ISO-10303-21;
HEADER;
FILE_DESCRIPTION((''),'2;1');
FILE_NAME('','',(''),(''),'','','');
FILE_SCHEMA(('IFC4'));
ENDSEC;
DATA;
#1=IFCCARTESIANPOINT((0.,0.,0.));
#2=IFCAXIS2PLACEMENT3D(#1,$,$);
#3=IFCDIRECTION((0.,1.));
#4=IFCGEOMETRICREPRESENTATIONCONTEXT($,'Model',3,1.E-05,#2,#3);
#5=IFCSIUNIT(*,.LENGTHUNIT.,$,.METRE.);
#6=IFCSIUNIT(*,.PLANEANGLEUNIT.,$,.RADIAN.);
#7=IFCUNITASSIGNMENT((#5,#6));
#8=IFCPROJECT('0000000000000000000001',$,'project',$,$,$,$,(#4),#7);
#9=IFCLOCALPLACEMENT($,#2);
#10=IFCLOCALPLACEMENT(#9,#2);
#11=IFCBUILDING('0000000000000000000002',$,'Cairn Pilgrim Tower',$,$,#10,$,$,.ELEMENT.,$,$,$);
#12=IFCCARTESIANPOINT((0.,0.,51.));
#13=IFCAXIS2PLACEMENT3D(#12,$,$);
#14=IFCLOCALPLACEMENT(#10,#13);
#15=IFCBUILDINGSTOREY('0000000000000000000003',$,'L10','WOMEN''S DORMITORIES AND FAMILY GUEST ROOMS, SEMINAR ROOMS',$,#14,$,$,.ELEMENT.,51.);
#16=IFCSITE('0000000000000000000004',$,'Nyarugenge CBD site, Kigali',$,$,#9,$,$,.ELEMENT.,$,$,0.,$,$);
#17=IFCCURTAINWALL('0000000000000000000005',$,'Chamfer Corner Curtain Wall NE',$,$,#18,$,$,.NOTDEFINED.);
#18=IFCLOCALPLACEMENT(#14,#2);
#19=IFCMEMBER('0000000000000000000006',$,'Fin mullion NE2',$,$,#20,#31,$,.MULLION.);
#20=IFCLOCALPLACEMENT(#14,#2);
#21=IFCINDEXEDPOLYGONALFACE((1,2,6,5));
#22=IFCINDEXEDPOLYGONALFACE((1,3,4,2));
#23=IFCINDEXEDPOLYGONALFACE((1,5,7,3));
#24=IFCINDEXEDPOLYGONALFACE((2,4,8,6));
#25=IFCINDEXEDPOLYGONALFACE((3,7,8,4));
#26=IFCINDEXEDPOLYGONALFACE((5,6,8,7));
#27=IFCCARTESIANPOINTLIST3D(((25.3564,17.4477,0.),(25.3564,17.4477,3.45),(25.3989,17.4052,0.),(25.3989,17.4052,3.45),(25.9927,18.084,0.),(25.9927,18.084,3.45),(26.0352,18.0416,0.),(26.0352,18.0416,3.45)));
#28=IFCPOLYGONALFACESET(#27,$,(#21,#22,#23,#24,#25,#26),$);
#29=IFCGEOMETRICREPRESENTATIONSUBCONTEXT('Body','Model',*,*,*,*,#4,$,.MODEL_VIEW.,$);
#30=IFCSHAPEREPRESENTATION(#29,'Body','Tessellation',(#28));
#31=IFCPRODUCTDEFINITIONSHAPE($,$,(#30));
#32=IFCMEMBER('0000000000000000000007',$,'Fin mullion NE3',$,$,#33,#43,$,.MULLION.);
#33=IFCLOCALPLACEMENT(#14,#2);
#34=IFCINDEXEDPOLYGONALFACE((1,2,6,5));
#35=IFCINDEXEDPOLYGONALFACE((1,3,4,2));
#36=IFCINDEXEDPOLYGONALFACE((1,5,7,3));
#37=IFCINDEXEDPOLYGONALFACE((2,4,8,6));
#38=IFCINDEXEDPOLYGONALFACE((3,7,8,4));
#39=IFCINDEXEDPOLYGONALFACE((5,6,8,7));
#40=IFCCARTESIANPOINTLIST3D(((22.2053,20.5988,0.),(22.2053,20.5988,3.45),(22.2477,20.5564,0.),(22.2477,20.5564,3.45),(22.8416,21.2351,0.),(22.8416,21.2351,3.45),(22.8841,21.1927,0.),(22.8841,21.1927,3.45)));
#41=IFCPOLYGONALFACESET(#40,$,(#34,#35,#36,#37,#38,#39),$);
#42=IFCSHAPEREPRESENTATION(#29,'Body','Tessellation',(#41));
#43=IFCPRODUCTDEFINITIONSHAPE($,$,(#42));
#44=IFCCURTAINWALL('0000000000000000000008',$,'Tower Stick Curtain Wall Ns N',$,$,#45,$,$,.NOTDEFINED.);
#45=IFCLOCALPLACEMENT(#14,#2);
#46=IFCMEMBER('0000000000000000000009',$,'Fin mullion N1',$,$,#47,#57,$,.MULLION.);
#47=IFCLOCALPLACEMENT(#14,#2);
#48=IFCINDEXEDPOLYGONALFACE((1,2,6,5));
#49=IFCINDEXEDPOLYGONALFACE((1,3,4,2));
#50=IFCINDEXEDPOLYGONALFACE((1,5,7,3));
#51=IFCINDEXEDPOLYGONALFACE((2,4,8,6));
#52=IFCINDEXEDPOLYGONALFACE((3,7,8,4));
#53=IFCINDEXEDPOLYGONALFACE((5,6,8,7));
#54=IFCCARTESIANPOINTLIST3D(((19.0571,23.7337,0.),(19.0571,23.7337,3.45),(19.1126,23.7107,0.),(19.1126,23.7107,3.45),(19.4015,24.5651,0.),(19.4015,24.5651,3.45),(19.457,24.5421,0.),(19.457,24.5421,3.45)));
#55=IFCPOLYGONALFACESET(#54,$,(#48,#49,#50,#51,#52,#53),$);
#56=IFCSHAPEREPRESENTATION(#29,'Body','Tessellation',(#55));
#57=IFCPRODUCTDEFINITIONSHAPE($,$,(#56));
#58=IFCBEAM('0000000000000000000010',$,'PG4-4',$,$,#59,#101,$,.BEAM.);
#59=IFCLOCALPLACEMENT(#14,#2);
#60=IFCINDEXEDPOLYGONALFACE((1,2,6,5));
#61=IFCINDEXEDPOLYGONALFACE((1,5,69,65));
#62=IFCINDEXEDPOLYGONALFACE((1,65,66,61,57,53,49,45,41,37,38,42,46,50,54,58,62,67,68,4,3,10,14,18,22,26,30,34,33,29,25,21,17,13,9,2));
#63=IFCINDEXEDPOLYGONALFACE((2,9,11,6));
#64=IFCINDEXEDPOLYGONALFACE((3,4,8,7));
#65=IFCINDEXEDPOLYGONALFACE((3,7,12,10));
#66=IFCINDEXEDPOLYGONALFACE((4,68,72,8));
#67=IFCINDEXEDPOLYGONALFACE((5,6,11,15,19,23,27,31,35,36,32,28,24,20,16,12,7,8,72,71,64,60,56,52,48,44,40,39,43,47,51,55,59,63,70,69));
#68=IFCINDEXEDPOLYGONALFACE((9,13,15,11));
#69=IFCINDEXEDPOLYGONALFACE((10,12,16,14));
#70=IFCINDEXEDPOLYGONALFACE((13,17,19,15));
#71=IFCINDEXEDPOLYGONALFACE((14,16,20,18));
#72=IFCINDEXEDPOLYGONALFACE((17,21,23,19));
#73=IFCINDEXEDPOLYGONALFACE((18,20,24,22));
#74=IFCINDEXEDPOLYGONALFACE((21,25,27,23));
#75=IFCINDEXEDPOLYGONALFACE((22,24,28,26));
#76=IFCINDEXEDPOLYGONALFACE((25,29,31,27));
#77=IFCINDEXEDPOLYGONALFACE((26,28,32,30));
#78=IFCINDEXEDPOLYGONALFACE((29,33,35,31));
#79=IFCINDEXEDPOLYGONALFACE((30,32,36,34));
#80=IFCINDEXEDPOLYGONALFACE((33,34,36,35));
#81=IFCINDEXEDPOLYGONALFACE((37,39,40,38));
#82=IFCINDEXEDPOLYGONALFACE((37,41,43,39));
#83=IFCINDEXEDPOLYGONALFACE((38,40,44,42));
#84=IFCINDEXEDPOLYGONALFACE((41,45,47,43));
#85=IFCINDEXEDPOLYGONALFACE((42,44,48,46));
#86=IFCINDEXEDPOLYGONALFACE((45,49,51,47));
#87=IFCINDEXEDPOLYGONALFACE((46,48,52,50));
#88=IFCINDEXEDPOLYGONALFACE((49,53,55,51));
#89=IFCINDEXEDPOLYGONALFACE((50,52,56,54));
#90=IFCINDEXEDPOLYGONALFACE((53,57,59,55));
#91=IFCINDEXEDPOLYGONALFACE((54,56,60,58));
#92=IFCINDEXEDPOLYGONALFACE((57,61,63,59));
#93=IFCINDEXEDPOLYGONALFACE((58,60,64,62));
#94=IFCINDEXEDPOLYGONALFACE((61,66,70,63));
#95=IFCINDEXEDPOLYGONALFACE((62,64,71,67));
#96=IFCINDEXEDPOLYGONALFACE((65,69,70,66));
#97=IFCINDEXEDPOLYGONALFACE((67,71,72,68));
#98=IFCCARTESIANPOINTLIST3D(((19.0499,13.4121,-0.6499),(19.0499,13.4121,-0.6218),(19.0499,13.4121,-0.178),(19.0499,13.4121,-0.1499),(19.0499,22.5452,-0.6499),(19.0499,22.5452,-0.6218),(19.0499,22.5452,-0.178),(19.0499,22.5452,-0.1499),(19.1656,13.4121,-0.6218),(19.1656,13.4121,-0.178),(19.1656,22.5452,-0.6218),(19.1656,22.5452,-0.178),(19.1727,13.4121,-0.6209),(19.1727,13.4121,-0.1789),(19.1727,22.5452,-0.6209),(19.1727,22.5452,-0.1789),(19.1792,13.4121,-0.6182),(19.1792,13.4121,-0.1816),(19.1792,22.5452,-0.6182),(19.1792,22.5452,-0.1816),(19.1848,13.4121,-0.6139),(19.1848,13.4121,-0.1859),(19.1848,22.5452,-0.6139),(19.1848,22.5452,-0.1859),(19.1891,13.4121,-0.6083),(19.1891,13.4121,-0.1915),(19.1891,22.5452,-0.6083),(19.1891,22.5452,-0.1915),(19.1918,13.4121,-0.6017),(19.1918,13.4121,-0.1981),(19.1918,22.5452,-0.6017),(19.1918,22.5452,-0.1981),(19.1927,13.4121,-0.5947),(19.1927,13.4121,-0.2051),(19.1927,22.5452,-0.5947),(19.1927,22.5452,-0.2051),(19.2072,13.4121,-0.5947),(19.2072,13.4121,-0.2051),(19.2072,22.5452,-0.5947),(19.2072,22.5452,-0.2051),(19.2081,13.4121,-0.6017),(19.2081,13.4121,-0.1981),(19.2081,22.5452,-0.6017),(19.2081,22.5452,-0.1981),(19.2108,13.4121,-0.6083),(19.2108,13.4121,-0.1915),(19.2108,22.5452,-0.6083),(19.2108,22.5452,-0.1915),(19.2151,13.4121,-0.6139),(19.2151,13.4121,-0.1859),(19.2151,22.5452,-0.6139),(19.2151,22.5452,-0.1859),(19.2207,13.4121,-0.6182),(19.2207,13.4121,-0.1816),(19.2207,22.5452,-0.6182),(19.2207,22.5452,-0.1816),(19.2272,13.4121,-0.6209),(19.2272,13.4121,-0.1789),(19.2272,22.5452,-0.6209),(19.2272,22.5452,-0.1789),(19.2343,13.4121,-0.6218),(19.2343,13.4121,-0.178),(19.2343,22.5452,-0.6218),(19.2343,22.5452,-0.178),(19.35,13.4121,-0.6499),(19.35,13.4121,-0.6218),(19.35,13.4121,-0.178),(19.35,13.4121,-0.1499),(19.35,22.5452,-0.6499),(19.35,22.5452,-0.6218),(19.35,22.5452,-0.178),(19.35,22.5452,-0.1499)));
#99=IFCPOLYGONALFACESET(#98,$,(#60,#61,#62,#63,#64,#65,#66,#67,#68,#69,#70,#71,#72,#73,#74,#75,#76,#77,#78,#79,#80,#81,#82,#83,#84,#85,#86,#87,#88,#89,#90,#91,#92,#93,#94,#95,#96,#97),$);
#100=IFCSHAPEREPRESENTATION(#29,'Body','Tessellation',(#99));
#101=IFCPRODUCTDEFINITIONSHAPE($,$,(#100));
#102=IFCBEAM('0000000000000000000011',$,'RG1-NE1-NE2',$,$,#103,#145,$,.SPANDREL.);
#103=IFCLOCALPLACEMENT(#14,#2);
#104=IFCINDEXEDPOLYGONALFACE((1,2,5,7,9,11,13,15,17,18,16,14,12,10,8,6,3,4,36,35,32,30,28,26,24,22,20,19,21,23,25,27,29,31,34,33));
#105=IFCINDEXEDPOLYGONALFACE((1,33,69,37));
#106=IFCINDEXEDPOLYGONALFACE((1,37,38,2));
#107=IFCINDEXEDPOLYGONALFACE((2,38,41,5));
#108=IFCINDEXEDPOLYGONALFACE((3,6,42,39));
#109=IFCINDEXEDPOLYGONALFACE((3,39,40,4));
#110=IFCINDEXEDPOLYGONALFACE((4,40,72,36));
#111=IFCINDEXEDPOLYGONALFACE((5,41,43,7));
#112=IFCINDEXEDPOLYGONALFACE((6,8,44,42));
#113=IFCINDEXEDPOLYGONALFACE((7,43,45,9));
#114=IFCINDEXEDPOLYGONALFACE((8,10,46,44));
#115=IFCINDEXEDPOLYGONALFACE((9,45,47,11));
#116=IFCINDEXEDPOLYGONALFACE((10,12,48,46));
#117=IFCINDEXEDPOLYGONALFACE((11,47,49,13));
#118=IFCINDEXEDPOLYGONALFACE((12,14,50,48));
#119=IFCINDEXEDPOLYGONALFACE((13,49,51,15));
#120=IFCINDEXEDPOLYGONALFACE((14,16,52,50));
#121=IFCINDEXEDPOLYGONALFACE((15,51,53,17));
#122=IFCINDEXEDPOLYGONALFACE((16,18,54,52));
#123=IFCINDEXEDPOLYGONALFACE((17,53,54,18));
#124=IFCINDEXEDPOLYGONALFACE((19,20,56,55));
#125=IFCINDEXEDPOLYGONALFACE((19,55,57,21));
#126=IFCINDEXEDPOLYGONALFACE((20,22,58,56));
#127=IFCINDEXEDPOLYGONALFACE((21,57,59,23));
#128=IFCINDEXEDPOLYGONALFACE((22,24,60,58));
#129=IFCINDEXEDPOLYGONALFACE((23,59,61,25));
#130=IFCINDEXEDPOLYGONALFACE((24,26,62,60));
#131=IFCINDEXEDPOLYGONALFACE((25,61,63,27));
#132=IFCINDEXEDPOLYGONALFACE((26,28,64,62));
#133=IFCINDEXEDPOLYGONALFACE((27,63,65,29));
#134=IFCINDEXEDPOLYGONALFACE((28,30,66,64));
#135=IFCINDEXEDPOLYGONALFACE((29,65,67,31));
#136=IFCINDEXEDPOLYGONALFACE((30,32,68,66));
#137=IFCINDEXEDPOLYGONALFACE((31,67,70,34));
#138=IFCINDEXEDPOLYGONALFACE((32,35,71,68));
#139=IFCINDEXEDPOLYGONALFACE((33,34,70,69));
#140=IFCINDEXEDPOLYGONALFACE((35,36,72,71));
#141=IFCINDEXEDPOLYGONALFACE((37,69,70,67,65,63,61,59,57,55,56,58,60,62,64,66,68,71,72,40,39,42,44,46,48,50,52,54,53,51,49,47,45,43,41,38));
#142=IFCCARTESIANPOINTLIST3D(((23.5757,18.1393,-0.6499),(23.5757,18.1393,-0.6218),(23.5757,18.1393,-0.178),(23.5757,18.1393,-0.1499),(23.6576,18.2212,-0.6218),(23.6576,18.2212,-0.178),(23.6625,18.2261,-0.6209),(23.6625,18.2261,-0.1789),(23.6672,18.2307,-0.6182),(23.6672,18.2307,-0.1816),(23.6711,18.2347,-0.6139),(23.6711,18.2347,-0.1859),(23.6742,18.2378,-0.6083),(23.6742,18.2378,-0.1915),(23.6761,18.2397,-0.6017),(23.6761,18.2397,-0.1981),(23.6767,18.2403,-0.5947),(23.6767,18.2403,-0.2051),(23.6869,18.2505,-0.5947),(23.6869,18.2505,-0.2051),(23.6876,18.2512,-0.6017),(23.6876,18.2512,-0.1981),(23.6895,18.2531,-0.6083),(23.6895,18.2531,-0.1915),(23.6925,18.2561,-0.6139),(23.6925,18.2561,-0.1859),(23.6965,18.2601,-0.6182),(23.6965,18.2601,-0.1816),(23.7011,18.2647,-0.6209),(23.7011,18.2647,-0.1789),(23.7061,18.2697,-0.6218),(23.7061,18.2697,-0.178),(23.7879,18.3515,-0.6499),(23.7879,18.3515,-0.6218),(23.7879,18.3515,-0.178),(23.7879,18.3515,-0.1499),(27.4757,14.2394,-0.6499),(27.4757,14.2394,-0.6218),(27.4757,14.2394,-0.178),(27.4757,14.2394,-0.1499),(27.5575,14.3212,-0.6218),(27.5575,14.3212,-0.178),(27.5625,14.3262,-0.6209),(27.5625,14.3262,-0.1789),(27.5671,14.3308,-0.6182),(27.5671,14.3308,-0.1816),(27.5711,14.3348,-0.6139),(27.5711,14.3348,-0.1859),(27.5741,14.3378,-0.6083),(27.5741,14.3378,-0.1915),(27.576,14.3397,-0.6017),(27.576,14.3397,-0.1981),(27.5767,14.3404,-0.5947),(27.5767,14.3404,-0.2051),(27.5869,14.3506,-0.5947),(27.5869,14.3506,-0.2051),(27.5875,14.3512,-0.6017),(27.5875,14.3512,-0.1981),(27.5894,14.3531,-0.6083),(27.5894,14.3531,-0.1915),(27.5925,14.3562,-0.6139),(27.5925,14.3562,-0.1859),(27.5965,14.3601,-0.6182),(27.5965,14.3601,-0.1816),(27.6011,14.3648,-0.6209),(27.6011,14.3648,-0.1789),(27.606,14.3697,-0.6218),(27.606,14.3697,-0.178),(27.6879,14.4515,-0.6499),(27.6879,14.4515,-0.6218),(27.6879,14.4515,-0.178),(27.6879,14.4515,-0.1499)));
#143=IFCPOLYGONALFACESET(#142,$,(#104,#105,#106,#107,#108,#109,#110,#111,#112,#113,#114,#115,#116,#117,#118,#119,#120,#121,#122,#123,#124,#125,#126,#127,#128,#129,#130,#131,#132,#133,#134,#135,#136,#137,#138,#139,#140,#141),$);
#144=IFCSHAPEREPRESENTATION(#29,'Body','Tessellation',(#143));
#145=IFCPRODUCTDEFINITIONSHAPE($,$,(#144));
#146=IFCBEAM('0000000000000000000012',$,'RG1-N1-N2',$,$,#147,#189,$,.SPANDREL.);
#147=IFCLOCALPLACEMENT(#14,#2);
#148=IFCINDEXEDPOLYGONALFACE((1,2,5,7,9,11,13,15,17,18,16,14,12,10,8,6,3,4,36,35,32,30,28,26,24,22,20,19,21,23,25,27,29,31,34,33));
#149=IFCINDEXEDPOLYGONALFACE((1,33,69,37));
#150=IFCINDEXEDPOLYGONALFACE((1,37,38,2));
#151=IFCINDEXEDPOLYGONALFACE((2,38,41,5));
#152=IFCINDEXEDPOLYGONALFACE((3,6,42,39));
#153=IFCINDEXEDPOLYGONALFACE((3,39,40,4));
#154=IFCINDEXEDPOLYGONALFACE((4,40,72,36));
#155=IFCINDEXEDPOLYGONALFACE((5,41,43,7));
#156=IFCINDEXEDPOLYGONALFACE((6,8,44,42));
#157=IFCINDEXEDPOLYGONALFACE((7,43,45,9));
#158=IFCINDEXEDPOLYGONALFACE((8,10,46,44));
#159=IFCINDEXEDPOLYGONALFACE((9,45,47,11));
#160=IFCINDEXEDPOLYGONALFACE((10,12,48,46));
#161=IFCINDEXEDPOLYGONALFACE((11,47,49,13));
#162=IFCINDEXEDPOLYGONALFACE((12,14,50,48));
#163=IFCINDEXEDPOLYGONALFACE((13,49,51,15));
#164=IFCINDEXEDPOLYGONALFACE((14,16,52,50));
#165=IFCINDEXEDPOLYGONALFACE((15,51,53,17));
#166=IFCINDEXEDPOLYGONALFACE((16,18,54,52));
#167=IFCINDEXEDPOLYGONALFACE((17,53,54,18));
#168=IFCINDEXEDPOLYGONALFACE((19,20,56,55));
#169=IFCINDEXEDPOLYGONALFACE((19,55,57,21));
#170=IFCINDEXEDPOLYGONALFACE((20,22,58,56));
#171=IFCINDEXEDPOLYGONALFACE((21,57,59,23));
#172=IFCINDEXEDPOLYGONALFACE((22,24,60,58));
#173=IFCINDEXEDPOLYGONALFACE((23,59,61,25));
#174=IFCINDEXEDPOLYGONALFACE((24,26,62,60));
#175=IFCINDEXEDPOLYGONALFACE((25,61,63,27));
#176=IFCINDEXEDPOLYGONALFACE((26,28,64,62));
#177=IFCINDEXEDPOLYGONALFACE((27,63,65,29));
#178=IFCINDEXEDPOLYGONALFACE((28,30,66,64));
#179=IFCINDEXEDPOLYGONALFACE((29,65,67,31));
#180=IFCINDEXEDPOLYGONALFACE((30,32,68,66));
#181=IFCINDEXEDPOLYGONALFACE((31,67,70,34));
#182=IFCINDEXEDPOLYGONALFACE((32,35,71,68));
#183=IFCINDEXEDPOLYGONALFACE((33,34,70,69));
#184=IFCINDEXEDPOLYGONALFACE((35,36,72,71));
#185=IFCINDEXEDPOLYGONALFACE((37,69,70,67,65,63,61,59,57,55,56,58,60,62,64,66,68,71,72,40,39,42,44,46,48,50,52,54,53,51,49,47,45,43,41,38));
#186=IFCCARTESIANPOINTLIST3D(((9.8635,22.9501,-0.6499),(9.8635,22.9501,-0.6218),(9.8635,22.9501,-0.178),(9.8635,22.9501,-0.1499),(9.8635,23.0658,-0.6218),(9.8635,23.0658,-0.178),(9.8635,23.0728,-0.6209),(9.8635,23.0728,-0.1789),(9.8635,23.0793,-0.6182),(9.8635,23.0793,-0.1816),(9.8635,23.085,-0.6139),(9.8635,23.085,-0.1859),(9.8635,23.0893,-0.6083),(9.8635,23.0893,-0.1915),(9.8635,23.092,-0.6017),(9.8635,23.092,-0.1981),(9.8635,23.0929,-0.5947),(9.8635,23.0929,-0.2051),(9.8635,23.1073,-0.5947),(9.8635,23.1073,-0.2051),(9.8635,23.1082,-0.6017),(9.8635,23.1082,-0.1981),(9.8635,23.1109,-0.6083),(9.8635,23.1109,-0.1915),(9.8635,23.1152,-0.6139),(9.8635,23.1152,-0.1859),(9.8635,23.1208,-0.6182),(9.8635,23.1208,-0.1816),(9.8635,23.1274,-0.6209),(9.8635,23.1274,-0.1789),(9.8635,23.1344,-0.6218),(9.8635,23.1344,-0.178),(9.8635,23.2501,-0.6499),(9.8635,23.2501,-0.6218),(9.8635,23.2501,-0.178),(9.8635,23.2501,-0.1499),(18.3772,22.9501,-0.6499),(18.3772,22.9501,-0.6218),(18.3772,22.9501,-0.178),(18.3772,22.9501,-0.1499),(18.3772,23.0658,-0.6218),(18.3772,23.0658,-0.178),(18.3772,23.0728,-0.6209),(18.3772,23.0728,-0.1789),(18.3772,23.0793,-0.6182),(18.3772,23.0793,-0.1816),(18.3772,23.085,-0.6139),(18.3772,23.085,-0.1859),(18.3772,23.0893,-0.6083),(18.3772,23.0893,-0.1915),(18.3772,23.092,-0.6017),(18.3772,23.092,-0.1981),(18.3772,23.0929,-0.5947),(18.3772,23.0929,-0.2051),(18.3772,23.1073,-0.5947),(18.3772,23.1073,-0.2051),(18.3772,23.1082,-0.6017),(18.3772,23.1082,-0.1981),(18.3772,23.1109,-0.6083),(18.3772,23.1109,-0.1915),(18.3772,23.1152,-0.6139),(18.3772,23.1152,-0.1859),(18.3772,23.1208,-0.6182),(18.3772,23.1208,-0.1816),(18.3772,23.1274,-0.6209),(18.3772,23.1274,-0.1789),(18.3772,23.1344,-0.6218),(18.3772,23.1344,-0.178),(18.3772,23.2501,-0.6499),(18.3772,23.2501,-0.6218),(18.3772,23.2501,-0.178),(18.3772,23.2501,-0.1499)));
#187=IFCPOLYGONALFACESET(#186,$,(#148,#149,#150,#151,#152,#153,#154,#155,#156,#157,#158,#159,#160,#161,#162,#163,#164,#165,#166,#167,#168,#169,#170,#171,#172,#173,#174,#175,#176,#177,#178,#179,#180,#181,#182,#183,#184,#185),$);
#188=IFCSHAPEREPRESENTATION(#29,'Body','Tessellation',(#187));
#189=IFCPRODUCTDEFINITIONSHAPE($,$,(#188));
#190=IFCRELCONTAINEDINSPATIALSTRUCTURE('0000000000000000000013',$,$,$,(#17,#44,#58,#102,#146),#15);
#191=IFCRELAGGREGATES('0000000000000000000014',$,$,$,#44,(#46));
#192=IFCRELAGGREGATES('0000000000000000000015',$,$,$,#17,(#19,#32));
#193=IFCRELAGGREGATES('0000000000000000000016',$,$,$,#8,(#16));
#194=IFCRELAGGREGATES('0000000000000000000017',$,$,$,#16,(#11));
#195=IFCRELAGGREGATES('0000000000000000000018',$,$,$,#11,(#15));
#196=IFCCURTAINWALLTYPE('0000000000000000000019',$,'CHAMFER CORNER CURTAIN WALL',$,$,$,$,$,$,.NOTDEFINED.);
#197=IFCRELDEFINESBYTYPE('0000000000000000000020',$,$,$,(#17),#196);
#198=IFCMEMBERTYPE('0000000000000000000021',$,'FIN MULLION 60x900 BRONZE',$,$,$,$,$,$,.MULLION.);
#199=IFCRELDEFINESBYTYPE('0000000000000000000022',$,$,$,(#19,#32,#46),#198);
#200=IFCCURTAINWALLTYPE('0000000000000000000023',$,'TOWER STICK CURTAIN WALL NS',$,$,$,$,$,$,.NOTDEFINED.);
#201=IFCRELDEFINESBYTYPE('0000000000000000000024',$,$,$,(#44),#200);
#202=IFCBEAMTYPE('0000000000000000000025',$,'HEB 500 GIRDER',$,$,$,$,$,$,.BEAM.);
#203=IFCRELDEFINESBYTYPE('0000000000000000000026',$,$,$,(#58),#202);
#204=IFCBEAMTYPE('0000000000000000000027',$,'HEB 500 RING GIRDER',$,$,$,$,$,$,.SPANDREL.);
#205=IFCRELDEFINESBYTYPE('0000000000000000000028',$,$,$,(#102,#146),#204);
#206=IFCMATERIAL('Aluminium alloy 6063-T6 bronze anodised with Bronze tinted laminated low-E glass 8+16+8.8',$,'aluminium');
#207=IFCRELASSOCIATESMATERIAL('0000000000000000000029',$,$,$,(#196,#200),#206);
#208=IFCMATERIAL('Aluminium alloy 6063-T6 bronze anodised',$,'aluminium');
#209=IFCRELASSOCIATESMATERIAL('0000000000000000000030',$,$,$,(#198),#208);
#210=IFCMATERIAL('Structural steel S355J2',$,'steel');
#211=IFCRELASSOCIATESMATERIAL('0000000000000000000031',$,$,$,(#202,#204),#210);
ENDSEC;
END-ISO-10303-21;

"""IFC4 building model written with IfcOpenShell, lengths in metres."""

from ifc_helpers import new_model, si_unit, direction, frame, origin, origin_2d, place, context, subcontext, project, spatial, rectangle, i_section, extrude, material, material_profile, profile_set, type_object, element, aggregate, save


model = new_model("IFC4")

# Units and contexts
model_context = context("Model", 3, precision=1e-05, world=origin(), true_north=direction((0.0, 1.0)))
body_context = subcontext(model_context, "Body", "Model", "MODEL_VIEW")
ifc_project = project(units=[si_unit("LENGTHUNIT", "METRE"), si_unit("PLANEANGLEUNIT", "RADIAN")], contexts=[model_context])

# Site, building, storey
site_placement = place(None, origin())
site = spatial("IfcSite", under=ifc_project, at=site_placement, Name="Nyarugenge CBD site, Kigali", CompositionType="ELEMENT", RefElevation=0.0)
building_placement = place(site_placement, origin())
building = spatial("IfcBuilding", under=site, at=building_placement, Name="Cairn Pilgrim Tower", CompositionType="ELEMENT")
storey_placement = place(building_placement, frame((0.0, 0.0, 51.0)))
storey = spatial("IfcBuildingStorey", under=building, at=storey_placement, Name="L10", Description="WOMEN'S DORMITORIES AND FAMILY GUEST ROOMS, SEMINAR ROOMS", CompositionType="ELEMENT", Elevation=51.0)

# Shared definitions
ifc_material_1 = material(Name="Structural steel S355J2", Category="steel")

# Curtain wall, members
ifc_material_2 = material(Name="Aluminium alloy 6063-T6 bronze anodised with Bronze tinted laminated low-E glass 8+16+8.8", Category="aluminium")
curtain_wall_type_1 = type_object("IfcCurtainWallType", Name="CHAMFER CORNER CURTAIN WALL", PredefinedType="NOTDEFINED", material=ifc_material_2)
curtain_wall_1_placement = place(storey_placement, origin())
curtain_wall_1 = element("IfcCurtainWall", 1, at=curtain_wall_1_placement, inside=storey, type_object=curtain_wall_type_1, Name="Chamfer Corner Curtain Wall NE", PredefinedType="NOTDEFINED")
ifc_material_3 = material(Name="Aluminium alloy 6063-T6 bronze anodised", Category="aluminium")
ifc_material_profile_1 = material_profile(ifc_material_3, rectangle(XDim=0.8999, YDim=0.0601, at=origin_2d()), Name="FIN MULLION 60x900 BRONZE")
ifc_profile_set_1 = profile_set([ifc_material_profile_1], Name="Aluminium alloy 6063-T6 bronze anodised")
member_type_1 = type_object("IfcMemberType", Name="FIN MULLION 60x900 BRONZE", PredefinedType="MULLION", material=ifc_profile_set_1)
member_1_placement = place(storey_placement, frame((25.6958, 17.7446, 0.0), z_axis=(0.0, 0.0, 1.0), x_axis=(0.707107, 0.707107, 0.0)))
member_1 = element("IfcMember", 2, at=member_1_placement, type_object=member_type_1, Name="Fin mullion NE2", PredefinedType="MULLION", context=body_context, shape_type="SweptSolid", body=[
    extrude(rectangle(XDim=0.8999, YDim=0.0601, at=origin_2d()), origin(), (0.0, 0.0, 1.0), 3.45),
])
member_2_placement = place(storey_placement, frame((22.5447, 20.8958, 0.0), z_axis=(0.0, 0.0, 1.0), x_axis=(0.707107, 0.707107, 0.0)))
member_2 = element("IfcMember", 3, at=member_2_placement, type_object=member_type_1, Name="Fin mullion NE3", PredefinedType="MULLION", context=body_context, shape_type="SweptSolid", body=[
    extrude(rectangle(XDim=0.8999, YDim=0.0601, at=origin_2d()), origin(), (0.0, 0.0, 1.0), 3.45),
])

# Curtain wall, member
curtain_wall_type_2 = type_object("IfcCurtainWallType", Name="TOWER STICK CURTAIN WALL NS", PredefinedType="NOTDEFINED", material=ifc_material_2)
curtain_wall_2_placement = place(storey_placement, origin())
curtain_wall_2 = element("IfcCurtainWall", 4, at=curtain_wall_2_placement, inside=storey, type_object=curtain_wall_type_2, Name="Tower Stick Curtain Wall Ns N", PredefinedType="NOTDEFINED")
member_3_placement = place(storey_placement, frame((19.2571, 24.1379, 0.0), z_axis=(0.0, 0.0, 1.0), x_axis=(0.382683, 0.92388, 0.0)))
member_3 = element("IfcMember", 5, at=member_3_placement, type_object=member_type_1, Name="Fin mullion N1", PredefinedType="MULLION", context=body_context, shape_type="SweptSolid", body=[
    extrude(rectangle(XDim=0.8999, YDim=0.0601, at=origin_2d()), origin(), (0.0, 0.0, 1.0), 3.45),
])

# Beams
ifc_material_profile_2 = material_profile(ifc_material_1, i_section(OverallWidth=0.3, OverallDepth=0.5, WebThickness=0.0144, FlangeThickness=0.0281, FilletRadius=0.0271, at=origin_2d()), Name="HEB 500")
ifc_profile_set_2 = profile_set([ifc_material_profile_2], Name="Structural steel S355J2")
beam_type_1 = type_object("IfcBeamType", Name="HEB 500 GIRDER", PredefinedType="BEAM", material=ifc_profile_set_2)
beam_1_placement = place(storey_placement, frame((19.2, 13.4121, -0.3999), z_axis=(0.0, 1.0, 0.0), x_axis=(-1.0, 0.0, 0.0)))
element("IfcBeam", 6, at=beam_1_placement, inside=storey, type_object=beam_type_1, Name="PG4-4", PredefinedType="BEAM", context=body_context, shape_type="SweptSolid", body=[
    extrude(i_section(OverallWidth=0.3, OverallDepth=0.5, WebThickness=0.0144, FlangeThickness=0.0281, FilletRadius=0.0271, at=origin_2d()), origin(), (0.0, 0.0, 1.0), 9.1331),
])
ifc_material_profile_3 = material_profile(ifc_material_1, i_section(OverallWidth=0.3, OverallDepth=0.5, WebThickness=0.0144, FlangeThickness=0.0281, FilletRadius=0.0271, at=origin_2d()), Name="HEB 500")
ifc_profile_set_3 = profile_set([ifc_material_profile_3], Name="Structural steel S355J2")
beam_type_2 = type_object("IfcBeamType", Name="HEB 500 RING GIRDER", PredefinedType="SPANDREL", material=ifc_profile_set_3)
beam_2_placement = place(storey_placement, frame((27.5818, 14.3455, -0.3999), z_axis=(-0.707107, 0.707107, 0.0), x_axis=(-0.707107, -0.707107, 0.0)))
element("IfcBeam", 7, at=beam_2_placement, inside=storey, type_object=beam_type_2, Name="RG1-NE1-NE2", PredefinedType="SPANDREL", context=body_context, shape_type="SweptSolid", body=[
    extrude(i_section(OverallWidth=0.3, OverallDepth=0.5, WebThickness=0.0144, FlangeThickness=0.0281, FilletRadius=0.0271, at=origin_2d()), origin(), (0.0, 0.0, 1.0), 5.5154),
])
beam_3_placement = place(storey_placement, frame((18.3772, 23.1001, -0.3999), z_axis=(-1.0, 0.0, 0.0), x_axis=(0.0, -1.0, 0.0)))
element("IfcBeam", 8, at=beam_3_placement, inside=storey, type_object=beam_type_2, Name="RG1-N1-N2", PredefinedType="SPANDREL", context=body_context, shape_type="SweptSolid", body=[
    extrude(i_section(OverallWidth=0.3, OverallDepth=0.5, WebThickness=0.0144, FlangeThickness=0.0281, FilletRadius=0.0271, at=origin_2d()), origin(), (0.0, 0.0, 1.0), 8.5137),
])

aggregate(curtain_wall_2, [member_3])

aggregate(curtain_wall_1, [member_1, member_2])

save(model, "model.ifc")
